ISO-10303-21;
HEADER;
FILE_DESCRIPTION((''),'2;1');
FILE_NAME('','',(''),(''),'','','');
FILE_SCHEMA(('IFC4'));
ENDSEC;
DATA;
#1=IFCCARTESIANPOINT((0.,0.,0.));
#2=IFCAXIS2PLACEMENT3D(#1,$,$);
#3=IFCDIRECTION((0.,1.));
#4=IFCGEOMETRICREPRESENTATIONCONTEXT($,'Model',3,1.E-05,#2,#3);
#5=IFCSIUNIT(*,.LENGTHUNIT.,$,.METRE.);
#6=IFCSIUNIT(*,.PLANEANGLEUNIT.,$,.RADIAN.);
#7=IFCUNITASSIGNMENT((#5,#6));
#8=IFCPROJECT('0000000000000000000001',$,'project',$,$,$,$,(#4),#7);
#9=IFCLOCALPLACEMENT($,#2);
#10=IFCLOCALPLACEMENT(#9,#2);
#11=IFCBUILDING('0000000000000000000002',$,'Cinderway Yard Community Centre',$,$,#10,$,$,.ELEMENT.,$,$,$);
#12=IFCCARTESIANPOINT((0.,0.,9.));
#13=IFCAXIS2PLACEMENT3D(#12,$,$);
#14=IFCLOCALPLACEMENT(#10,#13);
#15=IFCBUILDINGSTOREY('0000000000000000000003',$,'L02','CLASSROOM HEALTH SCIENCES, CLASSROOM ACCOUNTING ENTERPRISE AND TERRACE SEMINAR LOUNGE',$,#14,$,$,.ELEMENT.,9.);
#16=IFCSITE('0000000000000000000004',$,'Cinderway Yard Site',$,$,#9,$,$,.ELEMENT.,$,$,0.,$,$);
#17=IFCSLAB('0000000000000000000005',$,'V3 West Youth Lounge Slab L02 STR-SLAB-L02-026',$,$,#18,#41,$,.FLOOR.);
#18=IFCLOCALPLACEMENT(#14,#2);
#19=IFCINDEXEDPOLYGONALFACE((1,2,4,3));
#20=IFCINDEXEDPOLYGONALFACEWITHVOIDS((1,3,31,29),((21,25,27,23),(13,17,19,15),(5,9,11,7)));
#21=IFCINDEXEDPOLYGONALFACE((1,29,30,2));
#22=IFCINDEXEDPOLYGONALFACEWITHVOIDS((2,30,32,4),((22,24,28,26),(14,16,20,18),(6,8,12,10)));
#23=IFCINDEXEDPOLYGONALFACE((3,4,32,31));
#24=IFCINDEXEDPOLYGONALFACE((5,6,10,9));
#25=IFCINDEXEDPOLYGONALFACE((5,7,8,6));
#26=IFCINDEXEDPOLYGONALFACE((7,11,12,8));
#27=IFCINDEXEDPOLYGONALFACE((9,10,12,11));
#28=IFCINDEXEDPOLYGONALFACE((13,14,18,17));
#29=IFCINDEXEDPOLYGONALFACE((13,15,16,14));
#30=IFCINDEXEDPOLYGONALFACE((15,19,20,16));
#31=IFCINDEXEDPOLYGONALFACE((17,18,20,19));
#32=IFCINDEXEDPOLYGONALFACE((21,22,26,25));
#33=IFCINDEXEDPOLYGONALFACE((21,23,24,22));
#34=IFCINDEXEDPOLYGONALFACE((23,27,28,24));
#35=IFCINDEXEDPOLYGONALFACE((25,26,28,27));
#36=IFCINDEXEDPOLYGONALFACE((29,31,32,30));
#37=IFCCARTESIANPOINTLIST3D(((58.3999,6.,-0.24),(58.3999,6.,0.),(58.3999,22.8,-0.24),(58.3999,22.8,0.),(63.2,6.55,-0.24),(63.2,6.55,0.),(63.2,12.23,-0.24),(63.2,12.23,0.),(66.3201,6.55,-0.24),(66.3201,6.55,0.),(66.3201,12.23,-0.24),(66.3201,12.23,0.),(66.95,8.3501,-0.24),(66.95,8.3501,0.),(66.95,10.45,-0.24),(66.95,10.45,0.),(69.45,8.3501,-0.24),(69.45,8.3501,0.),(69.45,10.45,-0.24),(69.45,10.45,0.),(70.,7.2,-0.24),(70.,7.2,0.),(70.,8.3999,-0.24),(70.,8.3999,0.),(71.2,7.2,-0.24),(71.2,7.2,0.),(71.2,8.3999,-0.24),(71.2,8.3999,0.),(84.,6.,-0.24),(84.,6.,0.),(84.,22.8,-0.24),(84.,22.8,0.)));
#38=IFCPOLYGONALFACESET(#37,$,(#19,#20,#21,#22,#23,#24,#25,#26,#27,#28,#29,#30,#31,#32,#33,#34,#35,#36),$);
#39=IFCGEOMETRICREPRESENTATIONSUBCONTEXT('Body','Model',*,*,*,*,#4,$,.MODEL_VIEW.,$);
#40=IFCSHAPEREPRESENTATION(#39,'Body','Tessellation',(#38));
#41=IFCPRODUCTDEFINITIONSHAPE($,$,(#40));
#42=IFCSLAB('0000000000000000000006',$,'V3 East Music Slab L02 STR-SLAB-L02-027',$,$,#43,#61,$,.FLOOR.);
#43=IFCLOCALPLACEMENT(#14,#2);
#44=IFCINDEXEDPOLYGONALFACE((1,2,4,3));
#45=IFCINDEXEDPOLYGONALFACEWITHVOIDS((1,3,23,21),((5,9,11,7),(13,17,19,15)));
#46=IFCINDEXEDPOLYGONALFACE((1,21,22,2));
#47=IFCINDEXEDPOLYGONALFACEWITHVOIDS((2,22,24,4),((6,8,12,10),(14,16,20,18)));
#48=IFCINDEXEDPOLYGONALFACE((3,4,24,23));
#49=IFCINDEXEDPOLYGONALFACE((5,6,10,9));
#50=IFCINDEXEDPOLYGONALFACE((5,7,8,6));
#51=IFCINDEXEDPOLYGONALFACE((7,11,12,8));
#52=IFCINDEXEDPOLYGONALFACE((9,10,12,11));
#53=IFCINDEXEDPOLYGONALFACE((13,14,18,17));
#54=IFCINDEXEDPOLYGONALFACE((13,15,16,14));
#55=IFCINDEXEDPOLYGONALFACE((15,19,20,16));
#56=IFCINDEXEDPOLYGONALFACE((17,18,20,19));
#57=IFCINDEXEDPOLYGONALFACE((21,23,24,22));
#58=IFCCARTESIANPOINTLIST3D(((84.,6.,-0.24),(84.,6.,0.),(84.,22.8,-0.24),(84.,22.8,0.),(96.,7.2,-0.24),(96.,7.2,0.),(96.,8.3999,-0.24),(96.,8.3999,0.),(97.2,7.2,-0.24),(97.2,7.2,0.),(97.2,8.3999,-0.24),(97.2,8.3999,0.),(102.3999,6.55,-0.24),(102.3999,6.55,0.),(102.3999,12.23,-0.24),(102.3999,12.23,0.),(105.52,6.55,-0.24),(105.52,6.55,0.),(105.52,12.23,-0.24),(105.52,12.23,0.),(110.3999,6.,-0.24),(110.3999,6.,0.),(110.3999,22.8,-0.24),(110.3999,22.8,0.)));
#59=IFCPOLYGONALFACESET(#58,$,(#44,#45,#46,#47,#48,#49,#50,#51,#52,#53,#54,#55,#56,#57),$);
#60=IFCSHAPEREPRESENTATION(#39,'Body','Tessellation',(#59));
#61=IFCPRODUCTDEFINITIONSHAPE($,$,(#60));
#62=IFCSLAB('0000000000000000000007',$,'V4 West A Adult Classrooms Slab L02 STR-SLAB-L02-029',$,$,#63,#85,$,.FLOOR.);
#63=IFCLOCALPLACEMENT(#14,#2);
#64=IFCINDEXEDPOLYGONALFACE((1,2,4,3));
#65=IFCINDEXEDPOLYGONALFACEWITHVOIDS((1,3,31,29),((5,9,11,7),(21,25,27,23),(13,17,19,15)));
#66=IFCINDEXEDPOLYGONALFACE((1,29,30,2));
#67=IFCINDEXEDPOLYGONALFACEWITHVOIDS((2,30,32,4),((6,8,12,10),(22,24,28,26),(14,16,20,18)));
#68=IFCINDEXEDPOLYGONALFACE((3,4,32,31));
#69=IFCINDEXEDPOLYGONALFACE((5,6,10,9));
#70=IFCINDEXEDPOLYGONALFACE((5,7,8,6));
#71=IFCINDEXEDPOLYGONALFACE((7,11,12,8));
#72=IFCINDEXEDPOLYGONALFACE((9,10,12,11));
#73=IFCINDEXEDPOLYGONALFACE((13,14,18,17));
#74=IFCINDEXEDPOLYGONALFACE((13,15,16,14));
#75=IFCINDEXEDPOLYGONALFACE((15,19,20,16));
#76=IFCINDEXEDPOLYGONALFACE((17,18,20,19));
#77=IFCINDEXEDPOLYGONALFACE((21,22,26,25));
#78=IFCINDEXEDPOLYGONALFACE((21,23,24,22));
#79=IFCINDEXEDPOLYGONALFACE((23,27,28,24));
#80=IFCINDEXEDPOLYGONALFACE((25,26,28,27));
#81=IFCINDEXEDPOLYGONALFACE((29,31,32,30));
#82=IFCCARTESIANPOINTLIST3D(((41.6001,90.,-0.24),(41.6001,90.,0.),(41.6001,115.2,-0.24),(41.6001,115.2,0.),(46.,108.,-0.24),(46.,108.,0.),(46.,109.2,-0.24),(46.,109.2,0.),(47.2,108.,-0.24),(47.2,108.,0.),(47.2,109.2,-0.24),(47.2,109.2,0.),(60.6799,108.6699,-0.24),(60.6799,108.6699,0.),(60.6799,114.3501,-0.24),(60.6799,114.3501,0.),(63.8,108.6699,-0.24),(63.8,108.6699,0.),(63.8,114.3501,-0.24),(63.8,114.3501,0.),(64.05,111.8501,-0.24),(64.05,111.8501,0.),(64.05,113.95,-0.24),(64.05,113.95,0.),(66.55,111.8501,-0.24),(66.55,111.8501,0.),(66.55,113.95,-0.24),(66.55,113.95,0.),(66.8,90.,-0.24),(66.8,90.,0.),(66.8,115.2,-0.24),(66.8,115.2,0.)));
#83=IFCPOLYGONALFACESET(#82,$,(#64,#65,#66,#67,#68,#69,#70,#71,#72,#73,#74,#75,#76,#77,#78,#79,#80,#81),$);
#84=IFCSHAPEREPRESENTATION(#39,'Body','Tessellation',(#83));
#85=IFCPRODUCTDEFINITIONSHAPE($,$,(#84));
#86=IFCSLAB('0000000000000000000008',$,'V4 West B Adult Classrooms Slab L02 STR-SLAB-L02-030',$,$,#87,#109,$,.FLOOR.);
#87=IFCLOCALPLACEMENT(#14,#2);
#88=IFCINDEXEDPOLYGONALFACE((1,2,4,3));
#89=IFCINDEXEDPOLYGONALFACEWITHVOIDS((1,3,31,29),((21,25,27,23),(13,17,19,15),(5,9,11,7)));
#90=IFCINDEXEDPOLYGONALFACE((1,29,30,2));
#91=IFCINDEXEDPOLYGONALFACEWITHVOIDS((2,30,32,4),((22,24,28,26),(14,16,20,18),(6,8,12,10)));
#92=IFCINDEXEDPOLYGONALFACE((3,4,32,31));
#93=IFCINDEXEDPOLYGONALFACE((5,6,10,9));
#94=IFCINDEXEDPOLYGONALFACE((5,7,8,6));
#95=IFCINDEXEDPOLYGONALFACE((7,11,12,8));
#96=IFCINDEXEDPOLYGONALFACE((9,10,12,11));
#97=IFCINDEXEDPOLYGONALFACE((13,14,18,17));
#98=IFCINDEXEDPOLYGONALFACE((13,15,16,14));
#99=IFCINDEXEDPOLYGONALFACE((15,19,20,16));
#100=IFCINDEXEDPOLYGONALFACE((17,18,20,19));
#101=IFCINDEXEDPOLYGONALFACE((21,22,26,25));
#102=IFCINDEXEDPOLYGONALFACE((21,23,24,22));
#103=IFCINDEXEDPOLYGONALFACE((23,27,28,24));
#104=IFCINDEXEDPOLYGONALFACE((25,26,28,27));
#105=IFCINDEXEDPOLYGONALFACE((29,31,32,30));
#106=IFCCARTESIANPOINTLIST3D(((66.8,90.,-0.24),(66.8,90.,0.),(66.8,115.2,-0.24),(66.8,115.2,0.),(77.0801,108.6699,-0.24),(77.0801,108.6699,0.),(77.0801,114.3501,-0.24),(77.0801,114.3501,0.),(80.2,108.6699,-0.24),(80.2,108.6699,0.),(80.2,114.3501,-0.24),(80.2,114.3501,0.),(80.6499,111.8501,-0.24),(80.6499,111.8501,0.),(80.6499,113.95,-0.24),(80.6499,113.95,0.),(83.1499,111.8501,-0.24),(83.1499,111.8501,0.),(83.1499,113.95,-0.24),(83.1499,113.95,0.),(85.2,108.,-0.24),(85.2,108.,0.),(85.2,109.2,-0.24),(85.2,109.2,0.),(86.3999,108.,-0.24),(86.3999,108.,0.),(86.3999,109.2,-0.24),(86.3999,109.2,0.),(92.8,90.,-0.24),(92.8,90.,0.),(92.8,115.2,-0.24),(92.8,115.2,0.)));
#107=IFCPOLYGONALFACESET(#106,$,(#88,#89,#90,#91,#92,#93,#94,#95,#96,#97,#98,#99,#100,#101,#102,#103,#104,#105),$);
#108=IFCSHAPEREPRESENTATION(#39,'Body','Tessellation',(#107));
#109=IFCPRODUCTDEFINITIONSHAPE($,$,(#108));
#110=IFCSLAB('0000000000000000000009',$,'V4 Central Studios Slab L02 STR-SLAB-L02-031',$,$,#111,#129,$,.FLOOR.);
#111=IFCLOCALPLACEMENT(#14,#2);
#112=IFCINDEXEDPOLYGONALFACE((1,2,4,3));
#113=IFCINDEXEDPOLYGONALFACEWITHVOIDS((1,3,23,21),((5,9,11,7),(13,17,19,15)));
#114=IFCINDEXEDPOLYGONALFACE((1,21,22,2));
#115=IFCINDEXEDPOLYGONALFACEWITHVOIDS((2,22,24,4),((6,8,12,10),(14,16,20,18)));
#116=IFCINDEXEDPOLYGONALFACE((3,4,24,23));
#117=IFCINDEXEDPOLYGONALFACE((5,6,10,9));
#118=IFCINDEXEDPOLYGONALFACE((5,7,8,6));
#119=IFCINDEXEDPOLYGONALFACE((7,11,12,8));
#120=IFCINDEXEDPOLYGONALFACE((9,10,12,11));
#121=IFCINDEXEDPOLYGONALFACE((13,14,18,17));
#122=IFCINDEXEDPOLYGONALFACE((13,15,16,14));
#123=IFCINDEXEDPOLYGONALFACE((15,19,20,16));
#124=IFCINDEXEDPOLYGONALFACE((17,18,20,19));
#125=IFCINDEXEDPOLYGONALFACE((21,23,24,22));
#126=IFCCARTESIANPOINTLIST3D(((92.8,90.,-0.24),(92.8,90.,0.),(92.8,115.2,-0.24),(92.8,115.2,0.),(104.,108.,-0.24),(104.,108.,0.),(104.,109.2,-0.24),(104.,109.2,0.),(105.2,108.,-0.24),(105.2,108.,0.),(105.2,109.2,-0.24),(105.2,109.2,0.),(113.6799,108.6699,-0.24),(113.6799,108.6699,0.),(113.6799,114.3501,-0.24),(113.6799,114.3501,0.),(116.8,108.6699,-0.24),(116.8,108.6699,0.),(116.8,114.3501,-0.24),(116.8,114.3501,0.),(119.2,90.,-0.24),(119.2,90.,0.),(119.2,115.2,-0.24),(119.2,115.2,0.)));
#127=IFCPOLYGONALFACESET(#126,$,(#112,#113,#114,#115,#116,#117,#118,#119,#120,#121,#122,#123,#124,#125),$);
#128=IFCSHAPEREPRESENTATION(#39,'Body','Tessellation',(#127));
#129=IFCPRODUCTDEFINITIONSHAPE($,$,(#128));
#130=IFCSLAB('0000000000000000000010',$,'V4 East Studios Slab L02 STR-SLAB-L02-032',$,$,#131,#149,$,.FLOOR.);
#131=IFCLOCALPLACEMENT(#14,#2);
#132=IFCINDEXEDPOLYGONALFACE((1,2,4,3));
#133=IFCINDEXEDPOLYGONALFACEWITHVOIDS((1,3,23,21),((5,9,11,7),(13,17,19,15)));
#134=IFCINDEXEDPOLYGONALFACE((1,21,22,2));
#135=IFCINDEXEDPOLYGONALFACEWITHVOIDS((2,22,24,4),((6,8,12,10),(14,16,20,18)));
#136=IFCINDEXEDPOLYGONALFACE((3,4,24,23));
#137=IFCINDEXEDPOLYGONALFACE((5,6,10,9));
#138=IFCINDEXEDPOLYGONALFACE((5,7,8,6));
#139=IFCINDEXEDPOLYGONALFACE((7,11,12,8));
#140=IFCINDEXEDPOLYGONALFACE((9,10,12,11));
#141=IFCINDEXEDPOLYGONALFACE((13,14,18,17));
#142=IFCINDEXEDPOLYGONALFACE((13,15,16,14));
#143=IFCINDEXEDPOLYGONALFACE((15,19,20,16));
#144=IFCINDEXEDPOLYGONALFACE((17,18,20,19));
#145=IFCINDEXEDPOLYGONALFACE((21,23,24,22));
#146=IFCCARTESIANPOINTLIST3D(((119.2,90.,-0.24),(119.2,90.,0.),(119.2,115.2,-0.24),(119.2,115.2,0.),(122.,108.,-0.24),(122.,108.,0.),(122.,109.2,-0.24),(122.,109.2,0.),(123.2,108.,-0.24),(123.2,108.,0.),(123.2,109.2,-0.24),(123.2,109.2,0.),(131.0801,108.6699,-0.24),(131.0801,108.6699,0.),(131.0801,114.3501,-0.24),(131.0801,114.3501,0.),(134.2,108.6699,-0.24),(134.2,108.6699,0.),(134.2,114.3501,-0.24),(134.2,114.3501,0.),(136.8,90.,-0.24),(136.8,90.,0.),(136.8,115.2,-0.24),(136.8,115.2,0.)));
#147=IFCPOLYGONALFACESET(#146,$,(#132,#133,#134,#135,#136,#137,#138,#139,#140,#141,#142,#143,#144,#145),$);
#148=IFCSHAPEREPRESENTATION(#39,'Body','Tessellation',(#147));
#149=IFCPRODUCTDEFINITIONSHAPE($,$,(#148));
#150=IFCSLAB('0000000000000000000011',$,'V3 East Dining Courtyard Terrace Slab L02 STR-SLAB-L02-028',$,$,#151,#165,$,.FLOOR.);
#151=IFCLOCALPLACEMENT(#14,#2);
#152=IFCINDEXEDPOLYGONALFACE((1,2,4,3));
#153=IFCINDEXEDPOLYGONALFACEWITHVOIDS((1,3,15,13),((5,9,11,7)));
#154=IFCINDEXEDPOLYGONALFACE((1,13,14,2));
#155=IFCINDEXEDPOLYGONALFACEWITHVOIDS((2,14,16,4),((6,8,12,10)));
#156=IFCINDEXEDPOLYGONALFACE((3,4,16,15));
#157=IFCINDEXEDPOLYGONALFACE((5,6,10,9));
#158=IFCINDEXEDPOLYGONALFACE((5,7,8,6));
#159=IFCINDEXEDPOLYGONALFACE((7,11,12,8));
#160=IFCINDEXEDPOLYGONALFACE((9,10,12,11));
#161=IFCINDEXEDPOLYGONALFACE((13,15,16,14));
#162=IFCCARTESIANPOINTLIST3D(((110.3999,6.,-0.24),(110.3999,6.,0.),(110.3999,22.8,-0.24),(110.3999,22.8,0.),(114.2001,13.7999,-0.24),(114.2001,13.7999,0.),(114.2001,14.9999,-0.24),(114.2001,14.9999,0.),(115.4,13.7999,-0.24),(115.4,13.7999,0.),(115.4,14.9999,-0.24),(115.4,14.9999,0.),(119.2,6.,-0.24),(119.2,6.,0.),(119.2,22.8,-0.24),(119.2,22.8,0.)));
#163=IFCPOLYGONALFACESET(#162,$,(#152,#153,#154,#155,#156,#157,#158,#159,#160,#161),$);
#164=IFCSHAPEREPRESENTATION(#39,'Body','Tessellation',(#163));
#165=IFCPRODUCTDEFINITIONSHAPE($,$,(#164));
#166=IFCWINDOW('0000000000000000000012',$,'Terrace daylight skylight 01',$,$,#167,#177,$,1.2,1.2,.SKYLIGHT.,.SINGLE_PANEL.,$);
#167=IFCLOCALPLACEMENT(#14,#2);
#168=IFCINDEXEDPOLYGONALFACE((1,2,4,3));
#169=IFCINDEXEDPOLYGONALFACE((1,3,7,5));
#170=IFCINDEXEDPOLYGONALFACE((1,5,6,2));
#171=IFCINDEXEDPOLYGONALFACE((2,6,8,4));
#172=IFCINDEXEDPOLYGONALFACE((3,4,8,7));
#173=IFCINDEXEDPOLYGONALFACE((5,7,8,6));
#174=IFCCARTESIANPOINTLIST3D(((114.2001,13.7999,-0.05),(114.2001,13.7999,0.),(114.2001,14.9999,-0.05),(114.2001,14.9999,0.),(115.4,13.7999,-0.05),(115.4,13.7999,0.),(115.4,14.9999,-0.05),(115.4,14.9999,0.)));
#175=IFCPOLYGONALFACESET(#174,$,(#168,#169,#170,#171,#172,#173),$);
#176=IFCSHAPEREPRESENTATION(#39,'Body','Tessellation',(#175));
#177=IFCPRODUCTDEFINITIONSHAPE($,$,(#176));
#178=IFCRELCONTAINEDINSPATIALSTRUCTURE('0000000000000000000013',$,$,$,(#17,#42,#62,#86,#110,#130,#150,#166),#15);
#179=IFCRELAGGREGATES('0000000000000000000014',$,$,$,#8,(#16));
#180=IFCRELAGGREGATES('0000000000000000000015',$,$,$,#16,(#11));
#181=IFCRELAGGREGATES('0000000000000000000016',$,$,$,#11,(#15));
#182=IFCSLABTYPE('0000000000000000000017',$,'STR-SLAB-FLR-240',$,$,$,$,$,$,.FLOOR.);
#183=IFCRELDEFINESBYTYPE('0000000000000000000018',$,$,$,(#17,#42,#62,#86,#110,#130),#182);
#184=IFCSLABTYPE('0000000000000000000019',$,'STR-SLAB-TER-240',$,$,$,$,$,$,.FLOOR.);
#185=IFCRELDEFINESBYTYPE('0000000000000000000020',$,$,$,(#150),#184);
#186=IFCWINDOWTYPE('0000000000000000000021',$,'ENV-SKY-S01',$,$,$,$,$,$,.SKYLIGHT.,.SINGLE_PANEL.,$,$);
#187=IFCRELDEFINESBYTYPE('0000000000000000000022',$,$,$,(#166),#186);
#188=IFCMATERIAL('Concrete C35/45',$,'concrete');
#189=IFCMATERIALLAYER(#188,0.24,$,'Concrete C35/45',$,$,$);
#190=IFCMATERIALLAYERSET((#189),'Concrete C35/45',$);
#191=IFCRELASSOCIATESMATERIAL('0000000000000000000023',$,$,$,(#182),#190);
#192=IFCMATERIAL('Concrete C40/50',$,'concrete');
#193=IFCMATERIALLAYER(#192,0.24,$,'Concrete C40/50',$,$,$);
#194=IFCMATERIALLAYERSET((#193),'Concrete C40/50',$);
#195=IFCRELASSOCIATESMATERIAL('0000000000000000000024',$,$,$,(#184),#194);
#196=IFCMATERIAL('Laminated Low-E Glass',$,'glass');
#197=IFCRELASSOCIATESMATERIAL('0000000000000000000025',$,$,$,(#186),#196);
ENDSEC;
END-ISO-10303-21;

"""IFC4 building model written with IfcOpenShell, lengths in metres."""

from ifc_helpers import new_model, si_unit, direction, frame, origin, origin_2d, place, context, subcontext, project, spatial, polyline, rectangle, outline, extrude, material, layer, layer_set, type_object, element, fill, save


model = new_model("IFC4")

# Units and contexts
model_context = context("Model", 3, precision=1e-05, world=origin(), true_north=direction((0.0, 1.0)))
body_context = subcontext(model_context, "Body", "Model", "MODEL_VIEW")
ifc_project = project(units=[si_unit("LENGTHUNIT", "METRE"), si_unit("PLANEANGLEUNIT", "RADIAN")], contexts=[model_context])

# Site, building, storey
site_placement = place(None, origin())
site = spatial("IfcSite", under=ifc_project, at=site_placement, Name="Cinderway Yard Site", CompositionType="ELEMENT", RefElevation=0.0)
building_placement = place(site_placement, origin())
building = spatial("IfcBuilding", under=site, at=building_placement, Name="Cinderway Yard Community Centre", CompositionType="ELEMENT")
storey_placement = place(building_placement, frame((0.0, 0.0, 9.0)))
storey = spatial("IfcBuildingStorey", under=building, at=storey_placement, Name="L02", Description="CLASSROOM HEALTH SCIENCES, CLASSROOM ACCOUNTING ENTERPRISE AND TERRACE SEMINAR LOUNGE", CompositionType="ELEMENT", Elevation=9.0)

# Shared definitions
ifc_material_1 = material(Name="Concrete C40/50", Category="concrete")

# Shared definitions
ifc_material_2 = material(Name="Concrete C35/45", Category="concrete")

# Slabs
ifc_layer_1 = layer(ifc_material_2, 0.24, Name="Concrete C35/45")
ifc_layer_set_1 = layer_set([ifc_layer_1], Name="Concrete C35/45")
slab_type_1 = type_object("IfcSlabType", Name="STR-SLAB-FLR-240", PredefinedType="FLOOR", material=ifc_layer_set_1)
slab_1_placement = place(storey_placement, frame((0.0, 0.0, -0.24)))
element("IfcSlab", 1, at=slab_1_placement, inside=storey, type_object=slab_type_1, Name="V3 West Youth Lounge Slab L02 STR-SLAB-L02-026", PredefinedType="FLOOR", context=body_context, shape_type="SweptSolid", body=[
    extrude(outline(polyline([(58.3999, 6.0), (84.0, 6.0), (84.0, 22.8), (58.3999, 22.8), (58.3999, 6.0)]), holes=[polyline([(63.2, 12.23), (63.2, 6.55), (66.3201, 6.55), (66.3201, 12.23), (63.2, 12.23)]), polyline([(66.95, 8.3501), (69.45, 8.3501), (69.45, 10.45), (66.95, 10.45), (66.95, 8.3501)]), polyline([(70.0, 7.2), (71.2, 7.2), (71.2, 8.3999), (70.0, 8.3999), (70.0, 7.2)])]), origin(), (0.0, 0.0, 1.0), 0.24),
])
slab_2_placement = place(storey_placement, frame((0.0, 0.0, -0.24)))
element("IfcSlab", 2, at=slab_2_placement, inside=storey, type_object=slab_type_1, Name="V3 East Music Slab L02 STR-SLAB-L02-027", PredefinedType="FLOOR", context=body_context, shape_type="SweptSolid", body=[
    extrude(outline(polyline([(84.0, 6.0), (110.3999, 6.0), (110.3999, 22.8), (84.0, 22.8), (84.0, 6.0)]), holes=[polyline([(102.3999, 12.23), (102.3999, 6.55), (105.52, 6.55), (105.52, 12.23), (102.3999, 12.23)]), polyline([(96.0, 7.2), (97.2, 7.2), (97.2, 8.3999), (96.0, 8.3999), (96.0, 7.2)])]), origin(), (0.0, 0.0, 1.0), 0.24),
])
slab_3_placement = place(storey_placement, frame((0.0, 0.0, -0.24)))
element("IfcSlab", 3, at=slab_3_placement, inside=storey, type_object=slab_type_1, Name="V4 West A Adult Classrooms Slab L02 STR-SLAB-L02-029", PredefinedType="FLOOR", context=body_context, shape_type="SweptSolid", body=[
    extrude(outline(polyline([(41.6001, 90.0), (66.8, 90.0), (66.8, 115.2), (41.6001, 115.2), (41.6001, 90.0)]), holes=[polyline([(63.8, 108.6699), (63.8, 114.3501), (60.6799, 114.3501), (60.6799, 108.6699), (63.8, 108.6699)]), polyline([(64.05, 111.8501), (66.55, 111.8501), (66.55, 113.95), (64.05, 113.95), (64.05, 111.8501)]), polyline([(46.0, 108.0), (47.2, 108.0), (47.2, 109.2), (46.0, 109.2), (46.0, 108.0)])]), origin(), (0.0, 0.0, 1.0), 0.24),
])
slab_4_placement = place(storey_placement, frame((0.0, 0.0, -0.24)))
element("IfcSlab", 4, at=slab_4_placement, inside=storey, type_object=slab_type_1, Name="V4 West B Adult Classrooms Slab L02 STR-SLAB-L02-030", PredefinedType="FLOOR", context=body_context, shape_type="SweptSolid", body=[
    extrude(outline(polyline([(66.8, 90.0), (92.8, 90.0), (92.8, 115.2), (66.8, 115.2), (66.8, 90.0)]), holes=[polyline([(80.2, 108.6699), (80.2, 114.3501), (77.0801, 114.3501), (77.0801, 108.6699), (80.2, 108.6699)]), polyline([(80.6499, 111.8501), (83.1499, 111.8501), (83.1499, 113.95), (80.6499, 113.95), (80.6499, 111.8501)]), polyline([(85.2, 108.0), (86.3999, 108.0), (86.3999, 109.2), (85.2, 109.2), (85.2, 108.0)])]), origin(), (0.0, 0.0, 1.0), 0.24),
])
slab_5_placement = place(storey_placement, frame((0.0, 0.0, -0.24)))
element("IfcSlab", 5, at=slab_5_placement, inside=storey, type_object=slab_type_1, Name="V4 Central Studios Slab L02 STR-SLAB-L02-031", PredefinedType="FLOOR", context=body_context, shape_type="SweptSolid", body=[
    extrude(outline(polyline([(92.8, 90.0), (119.2, 90.0), (119.2, 115.2), (92.8, 115.2), (92.8, 90.0)]), holes=[polyline([(116.8, 108.6699), (116.8, 114.3501), (113.6799, 114.3501), (113.6799, 108.6699), (116.8, 108.6699)]), polyline([(104.0, 108.0), (105.2, 108.0), (105.2, 109.2), (104.0, 109.2), (104.0, 108.0)])]), origin(), (0.0, 0.0, 1.0), 0.24),
])
slab_6_placement = place(storey_placement, frame((0.0, 0.0, -0.24)))
element("IfcSlab", 6, at=slab_6_placement, inside=storey, type_object=slab_type_1, Name="V4 East Studios Slab L02 STR-SLAB-L02-032", PredefinedType="FLOOR", context=body_context, shape_type="SweptSolid", body=[
    extrude(outline(polyline([(119.2, 90.0), (136.8, 90.0), (136.8, 115.2), (119.2, 115.2), (119.2, 90.0)]), holes=[polyline([(134.2, 108.6699), (134.2, 114.3501), (131.0801, 114.3501), (131.0801, 108.6699), (134.2, 108.6699)]), polyline([(122.0, 108.0), (123.2, 108.0), (123.2, 109.2), (122.0, 109.2), (122.0, 108.0)])]), origin(), (0.0, 0.0, 1.0), 0.24),
])

# Slab, opening, window
ifc_layer_2 = layer(ifc_material_1, 0.24, Name="Concrete C40/50")
ifc_layer_set_2 = layer_set([ifc_layer_2], Name="Concrete C40/50")
slab_type_2 = type_object("IfcSlabType", Name="STR-SLAB-TER-240", PredefinedType="FLOOR", material=ifc_layer_set_2)
slab_7_placement = place(storey_placement, frame((0.0, 0.0, -0.24)))
slab_7 = element("IfcSlab", 7, at=slab_7_placement, inside=storey, type_object=slab_type_2, Name="V3 East Dining Courtyard Terrace Slab L02 STR-SLAB-L02-028", PredefinedType="FLOOR", context=body_context, shape_type="SweptSolid", body=[
    extrude(outline(polyline([(110.3999, 6.0), (119.2, 6.0), (119.2, 22.8), (110.3999, 22.8), (110.3999, 6.0)])), origin(), (0.0, 0.0, 1.0), 0.24),
])
opening_1_placement = place(slab_7_placement, frame((114.8, 14.3999, 0.0)))
opening_1 = element("IfcOpeningElement", 8, at=opening_1_placement, cuts=slab_7, PredefinedType="OPENING", context=body_context, shape_type="SweptSolid", body=[
    extrude(rectangle(XDim=1.2, YDim=1.2, at=origin_2d()), origin(), (0.0, 0.0, 1.0), 0.24),
])
ifc_material_3 = material(Name="Laminated Low-E Glass", Category="glass")
window_type_1 = type_object("IfcWindowType", Name="ENV-SKY-S01", PartitioningType="SINGLE_PANEL", PredefinedType="SKYLIGHT", material=ifc_material_3)
window_1_placement = place(opening_1_placement, frame((0.0, 0.0, 0.1899)))
window_1 = element("IfcWindow", 9, at=window_1_placement, inside=storey, type_object=window_type_1, Name="Terrace daylight skylight 01", OverallHeight=1.2, OverallWidth=1.2, PartitioningType="SINGLE_PANEL", PredefinedType="SKYLIGHT", context=body_context, shape_type="SweptSolid", body=[
    extrude(rectangle(XDim=1.2, YDim=1.2, at=origin_2d()), origin(), (0.0, 0.0, 1.0), 0.05),
])
fill(opening_1, window_1)

save(model, "model.ifc")
